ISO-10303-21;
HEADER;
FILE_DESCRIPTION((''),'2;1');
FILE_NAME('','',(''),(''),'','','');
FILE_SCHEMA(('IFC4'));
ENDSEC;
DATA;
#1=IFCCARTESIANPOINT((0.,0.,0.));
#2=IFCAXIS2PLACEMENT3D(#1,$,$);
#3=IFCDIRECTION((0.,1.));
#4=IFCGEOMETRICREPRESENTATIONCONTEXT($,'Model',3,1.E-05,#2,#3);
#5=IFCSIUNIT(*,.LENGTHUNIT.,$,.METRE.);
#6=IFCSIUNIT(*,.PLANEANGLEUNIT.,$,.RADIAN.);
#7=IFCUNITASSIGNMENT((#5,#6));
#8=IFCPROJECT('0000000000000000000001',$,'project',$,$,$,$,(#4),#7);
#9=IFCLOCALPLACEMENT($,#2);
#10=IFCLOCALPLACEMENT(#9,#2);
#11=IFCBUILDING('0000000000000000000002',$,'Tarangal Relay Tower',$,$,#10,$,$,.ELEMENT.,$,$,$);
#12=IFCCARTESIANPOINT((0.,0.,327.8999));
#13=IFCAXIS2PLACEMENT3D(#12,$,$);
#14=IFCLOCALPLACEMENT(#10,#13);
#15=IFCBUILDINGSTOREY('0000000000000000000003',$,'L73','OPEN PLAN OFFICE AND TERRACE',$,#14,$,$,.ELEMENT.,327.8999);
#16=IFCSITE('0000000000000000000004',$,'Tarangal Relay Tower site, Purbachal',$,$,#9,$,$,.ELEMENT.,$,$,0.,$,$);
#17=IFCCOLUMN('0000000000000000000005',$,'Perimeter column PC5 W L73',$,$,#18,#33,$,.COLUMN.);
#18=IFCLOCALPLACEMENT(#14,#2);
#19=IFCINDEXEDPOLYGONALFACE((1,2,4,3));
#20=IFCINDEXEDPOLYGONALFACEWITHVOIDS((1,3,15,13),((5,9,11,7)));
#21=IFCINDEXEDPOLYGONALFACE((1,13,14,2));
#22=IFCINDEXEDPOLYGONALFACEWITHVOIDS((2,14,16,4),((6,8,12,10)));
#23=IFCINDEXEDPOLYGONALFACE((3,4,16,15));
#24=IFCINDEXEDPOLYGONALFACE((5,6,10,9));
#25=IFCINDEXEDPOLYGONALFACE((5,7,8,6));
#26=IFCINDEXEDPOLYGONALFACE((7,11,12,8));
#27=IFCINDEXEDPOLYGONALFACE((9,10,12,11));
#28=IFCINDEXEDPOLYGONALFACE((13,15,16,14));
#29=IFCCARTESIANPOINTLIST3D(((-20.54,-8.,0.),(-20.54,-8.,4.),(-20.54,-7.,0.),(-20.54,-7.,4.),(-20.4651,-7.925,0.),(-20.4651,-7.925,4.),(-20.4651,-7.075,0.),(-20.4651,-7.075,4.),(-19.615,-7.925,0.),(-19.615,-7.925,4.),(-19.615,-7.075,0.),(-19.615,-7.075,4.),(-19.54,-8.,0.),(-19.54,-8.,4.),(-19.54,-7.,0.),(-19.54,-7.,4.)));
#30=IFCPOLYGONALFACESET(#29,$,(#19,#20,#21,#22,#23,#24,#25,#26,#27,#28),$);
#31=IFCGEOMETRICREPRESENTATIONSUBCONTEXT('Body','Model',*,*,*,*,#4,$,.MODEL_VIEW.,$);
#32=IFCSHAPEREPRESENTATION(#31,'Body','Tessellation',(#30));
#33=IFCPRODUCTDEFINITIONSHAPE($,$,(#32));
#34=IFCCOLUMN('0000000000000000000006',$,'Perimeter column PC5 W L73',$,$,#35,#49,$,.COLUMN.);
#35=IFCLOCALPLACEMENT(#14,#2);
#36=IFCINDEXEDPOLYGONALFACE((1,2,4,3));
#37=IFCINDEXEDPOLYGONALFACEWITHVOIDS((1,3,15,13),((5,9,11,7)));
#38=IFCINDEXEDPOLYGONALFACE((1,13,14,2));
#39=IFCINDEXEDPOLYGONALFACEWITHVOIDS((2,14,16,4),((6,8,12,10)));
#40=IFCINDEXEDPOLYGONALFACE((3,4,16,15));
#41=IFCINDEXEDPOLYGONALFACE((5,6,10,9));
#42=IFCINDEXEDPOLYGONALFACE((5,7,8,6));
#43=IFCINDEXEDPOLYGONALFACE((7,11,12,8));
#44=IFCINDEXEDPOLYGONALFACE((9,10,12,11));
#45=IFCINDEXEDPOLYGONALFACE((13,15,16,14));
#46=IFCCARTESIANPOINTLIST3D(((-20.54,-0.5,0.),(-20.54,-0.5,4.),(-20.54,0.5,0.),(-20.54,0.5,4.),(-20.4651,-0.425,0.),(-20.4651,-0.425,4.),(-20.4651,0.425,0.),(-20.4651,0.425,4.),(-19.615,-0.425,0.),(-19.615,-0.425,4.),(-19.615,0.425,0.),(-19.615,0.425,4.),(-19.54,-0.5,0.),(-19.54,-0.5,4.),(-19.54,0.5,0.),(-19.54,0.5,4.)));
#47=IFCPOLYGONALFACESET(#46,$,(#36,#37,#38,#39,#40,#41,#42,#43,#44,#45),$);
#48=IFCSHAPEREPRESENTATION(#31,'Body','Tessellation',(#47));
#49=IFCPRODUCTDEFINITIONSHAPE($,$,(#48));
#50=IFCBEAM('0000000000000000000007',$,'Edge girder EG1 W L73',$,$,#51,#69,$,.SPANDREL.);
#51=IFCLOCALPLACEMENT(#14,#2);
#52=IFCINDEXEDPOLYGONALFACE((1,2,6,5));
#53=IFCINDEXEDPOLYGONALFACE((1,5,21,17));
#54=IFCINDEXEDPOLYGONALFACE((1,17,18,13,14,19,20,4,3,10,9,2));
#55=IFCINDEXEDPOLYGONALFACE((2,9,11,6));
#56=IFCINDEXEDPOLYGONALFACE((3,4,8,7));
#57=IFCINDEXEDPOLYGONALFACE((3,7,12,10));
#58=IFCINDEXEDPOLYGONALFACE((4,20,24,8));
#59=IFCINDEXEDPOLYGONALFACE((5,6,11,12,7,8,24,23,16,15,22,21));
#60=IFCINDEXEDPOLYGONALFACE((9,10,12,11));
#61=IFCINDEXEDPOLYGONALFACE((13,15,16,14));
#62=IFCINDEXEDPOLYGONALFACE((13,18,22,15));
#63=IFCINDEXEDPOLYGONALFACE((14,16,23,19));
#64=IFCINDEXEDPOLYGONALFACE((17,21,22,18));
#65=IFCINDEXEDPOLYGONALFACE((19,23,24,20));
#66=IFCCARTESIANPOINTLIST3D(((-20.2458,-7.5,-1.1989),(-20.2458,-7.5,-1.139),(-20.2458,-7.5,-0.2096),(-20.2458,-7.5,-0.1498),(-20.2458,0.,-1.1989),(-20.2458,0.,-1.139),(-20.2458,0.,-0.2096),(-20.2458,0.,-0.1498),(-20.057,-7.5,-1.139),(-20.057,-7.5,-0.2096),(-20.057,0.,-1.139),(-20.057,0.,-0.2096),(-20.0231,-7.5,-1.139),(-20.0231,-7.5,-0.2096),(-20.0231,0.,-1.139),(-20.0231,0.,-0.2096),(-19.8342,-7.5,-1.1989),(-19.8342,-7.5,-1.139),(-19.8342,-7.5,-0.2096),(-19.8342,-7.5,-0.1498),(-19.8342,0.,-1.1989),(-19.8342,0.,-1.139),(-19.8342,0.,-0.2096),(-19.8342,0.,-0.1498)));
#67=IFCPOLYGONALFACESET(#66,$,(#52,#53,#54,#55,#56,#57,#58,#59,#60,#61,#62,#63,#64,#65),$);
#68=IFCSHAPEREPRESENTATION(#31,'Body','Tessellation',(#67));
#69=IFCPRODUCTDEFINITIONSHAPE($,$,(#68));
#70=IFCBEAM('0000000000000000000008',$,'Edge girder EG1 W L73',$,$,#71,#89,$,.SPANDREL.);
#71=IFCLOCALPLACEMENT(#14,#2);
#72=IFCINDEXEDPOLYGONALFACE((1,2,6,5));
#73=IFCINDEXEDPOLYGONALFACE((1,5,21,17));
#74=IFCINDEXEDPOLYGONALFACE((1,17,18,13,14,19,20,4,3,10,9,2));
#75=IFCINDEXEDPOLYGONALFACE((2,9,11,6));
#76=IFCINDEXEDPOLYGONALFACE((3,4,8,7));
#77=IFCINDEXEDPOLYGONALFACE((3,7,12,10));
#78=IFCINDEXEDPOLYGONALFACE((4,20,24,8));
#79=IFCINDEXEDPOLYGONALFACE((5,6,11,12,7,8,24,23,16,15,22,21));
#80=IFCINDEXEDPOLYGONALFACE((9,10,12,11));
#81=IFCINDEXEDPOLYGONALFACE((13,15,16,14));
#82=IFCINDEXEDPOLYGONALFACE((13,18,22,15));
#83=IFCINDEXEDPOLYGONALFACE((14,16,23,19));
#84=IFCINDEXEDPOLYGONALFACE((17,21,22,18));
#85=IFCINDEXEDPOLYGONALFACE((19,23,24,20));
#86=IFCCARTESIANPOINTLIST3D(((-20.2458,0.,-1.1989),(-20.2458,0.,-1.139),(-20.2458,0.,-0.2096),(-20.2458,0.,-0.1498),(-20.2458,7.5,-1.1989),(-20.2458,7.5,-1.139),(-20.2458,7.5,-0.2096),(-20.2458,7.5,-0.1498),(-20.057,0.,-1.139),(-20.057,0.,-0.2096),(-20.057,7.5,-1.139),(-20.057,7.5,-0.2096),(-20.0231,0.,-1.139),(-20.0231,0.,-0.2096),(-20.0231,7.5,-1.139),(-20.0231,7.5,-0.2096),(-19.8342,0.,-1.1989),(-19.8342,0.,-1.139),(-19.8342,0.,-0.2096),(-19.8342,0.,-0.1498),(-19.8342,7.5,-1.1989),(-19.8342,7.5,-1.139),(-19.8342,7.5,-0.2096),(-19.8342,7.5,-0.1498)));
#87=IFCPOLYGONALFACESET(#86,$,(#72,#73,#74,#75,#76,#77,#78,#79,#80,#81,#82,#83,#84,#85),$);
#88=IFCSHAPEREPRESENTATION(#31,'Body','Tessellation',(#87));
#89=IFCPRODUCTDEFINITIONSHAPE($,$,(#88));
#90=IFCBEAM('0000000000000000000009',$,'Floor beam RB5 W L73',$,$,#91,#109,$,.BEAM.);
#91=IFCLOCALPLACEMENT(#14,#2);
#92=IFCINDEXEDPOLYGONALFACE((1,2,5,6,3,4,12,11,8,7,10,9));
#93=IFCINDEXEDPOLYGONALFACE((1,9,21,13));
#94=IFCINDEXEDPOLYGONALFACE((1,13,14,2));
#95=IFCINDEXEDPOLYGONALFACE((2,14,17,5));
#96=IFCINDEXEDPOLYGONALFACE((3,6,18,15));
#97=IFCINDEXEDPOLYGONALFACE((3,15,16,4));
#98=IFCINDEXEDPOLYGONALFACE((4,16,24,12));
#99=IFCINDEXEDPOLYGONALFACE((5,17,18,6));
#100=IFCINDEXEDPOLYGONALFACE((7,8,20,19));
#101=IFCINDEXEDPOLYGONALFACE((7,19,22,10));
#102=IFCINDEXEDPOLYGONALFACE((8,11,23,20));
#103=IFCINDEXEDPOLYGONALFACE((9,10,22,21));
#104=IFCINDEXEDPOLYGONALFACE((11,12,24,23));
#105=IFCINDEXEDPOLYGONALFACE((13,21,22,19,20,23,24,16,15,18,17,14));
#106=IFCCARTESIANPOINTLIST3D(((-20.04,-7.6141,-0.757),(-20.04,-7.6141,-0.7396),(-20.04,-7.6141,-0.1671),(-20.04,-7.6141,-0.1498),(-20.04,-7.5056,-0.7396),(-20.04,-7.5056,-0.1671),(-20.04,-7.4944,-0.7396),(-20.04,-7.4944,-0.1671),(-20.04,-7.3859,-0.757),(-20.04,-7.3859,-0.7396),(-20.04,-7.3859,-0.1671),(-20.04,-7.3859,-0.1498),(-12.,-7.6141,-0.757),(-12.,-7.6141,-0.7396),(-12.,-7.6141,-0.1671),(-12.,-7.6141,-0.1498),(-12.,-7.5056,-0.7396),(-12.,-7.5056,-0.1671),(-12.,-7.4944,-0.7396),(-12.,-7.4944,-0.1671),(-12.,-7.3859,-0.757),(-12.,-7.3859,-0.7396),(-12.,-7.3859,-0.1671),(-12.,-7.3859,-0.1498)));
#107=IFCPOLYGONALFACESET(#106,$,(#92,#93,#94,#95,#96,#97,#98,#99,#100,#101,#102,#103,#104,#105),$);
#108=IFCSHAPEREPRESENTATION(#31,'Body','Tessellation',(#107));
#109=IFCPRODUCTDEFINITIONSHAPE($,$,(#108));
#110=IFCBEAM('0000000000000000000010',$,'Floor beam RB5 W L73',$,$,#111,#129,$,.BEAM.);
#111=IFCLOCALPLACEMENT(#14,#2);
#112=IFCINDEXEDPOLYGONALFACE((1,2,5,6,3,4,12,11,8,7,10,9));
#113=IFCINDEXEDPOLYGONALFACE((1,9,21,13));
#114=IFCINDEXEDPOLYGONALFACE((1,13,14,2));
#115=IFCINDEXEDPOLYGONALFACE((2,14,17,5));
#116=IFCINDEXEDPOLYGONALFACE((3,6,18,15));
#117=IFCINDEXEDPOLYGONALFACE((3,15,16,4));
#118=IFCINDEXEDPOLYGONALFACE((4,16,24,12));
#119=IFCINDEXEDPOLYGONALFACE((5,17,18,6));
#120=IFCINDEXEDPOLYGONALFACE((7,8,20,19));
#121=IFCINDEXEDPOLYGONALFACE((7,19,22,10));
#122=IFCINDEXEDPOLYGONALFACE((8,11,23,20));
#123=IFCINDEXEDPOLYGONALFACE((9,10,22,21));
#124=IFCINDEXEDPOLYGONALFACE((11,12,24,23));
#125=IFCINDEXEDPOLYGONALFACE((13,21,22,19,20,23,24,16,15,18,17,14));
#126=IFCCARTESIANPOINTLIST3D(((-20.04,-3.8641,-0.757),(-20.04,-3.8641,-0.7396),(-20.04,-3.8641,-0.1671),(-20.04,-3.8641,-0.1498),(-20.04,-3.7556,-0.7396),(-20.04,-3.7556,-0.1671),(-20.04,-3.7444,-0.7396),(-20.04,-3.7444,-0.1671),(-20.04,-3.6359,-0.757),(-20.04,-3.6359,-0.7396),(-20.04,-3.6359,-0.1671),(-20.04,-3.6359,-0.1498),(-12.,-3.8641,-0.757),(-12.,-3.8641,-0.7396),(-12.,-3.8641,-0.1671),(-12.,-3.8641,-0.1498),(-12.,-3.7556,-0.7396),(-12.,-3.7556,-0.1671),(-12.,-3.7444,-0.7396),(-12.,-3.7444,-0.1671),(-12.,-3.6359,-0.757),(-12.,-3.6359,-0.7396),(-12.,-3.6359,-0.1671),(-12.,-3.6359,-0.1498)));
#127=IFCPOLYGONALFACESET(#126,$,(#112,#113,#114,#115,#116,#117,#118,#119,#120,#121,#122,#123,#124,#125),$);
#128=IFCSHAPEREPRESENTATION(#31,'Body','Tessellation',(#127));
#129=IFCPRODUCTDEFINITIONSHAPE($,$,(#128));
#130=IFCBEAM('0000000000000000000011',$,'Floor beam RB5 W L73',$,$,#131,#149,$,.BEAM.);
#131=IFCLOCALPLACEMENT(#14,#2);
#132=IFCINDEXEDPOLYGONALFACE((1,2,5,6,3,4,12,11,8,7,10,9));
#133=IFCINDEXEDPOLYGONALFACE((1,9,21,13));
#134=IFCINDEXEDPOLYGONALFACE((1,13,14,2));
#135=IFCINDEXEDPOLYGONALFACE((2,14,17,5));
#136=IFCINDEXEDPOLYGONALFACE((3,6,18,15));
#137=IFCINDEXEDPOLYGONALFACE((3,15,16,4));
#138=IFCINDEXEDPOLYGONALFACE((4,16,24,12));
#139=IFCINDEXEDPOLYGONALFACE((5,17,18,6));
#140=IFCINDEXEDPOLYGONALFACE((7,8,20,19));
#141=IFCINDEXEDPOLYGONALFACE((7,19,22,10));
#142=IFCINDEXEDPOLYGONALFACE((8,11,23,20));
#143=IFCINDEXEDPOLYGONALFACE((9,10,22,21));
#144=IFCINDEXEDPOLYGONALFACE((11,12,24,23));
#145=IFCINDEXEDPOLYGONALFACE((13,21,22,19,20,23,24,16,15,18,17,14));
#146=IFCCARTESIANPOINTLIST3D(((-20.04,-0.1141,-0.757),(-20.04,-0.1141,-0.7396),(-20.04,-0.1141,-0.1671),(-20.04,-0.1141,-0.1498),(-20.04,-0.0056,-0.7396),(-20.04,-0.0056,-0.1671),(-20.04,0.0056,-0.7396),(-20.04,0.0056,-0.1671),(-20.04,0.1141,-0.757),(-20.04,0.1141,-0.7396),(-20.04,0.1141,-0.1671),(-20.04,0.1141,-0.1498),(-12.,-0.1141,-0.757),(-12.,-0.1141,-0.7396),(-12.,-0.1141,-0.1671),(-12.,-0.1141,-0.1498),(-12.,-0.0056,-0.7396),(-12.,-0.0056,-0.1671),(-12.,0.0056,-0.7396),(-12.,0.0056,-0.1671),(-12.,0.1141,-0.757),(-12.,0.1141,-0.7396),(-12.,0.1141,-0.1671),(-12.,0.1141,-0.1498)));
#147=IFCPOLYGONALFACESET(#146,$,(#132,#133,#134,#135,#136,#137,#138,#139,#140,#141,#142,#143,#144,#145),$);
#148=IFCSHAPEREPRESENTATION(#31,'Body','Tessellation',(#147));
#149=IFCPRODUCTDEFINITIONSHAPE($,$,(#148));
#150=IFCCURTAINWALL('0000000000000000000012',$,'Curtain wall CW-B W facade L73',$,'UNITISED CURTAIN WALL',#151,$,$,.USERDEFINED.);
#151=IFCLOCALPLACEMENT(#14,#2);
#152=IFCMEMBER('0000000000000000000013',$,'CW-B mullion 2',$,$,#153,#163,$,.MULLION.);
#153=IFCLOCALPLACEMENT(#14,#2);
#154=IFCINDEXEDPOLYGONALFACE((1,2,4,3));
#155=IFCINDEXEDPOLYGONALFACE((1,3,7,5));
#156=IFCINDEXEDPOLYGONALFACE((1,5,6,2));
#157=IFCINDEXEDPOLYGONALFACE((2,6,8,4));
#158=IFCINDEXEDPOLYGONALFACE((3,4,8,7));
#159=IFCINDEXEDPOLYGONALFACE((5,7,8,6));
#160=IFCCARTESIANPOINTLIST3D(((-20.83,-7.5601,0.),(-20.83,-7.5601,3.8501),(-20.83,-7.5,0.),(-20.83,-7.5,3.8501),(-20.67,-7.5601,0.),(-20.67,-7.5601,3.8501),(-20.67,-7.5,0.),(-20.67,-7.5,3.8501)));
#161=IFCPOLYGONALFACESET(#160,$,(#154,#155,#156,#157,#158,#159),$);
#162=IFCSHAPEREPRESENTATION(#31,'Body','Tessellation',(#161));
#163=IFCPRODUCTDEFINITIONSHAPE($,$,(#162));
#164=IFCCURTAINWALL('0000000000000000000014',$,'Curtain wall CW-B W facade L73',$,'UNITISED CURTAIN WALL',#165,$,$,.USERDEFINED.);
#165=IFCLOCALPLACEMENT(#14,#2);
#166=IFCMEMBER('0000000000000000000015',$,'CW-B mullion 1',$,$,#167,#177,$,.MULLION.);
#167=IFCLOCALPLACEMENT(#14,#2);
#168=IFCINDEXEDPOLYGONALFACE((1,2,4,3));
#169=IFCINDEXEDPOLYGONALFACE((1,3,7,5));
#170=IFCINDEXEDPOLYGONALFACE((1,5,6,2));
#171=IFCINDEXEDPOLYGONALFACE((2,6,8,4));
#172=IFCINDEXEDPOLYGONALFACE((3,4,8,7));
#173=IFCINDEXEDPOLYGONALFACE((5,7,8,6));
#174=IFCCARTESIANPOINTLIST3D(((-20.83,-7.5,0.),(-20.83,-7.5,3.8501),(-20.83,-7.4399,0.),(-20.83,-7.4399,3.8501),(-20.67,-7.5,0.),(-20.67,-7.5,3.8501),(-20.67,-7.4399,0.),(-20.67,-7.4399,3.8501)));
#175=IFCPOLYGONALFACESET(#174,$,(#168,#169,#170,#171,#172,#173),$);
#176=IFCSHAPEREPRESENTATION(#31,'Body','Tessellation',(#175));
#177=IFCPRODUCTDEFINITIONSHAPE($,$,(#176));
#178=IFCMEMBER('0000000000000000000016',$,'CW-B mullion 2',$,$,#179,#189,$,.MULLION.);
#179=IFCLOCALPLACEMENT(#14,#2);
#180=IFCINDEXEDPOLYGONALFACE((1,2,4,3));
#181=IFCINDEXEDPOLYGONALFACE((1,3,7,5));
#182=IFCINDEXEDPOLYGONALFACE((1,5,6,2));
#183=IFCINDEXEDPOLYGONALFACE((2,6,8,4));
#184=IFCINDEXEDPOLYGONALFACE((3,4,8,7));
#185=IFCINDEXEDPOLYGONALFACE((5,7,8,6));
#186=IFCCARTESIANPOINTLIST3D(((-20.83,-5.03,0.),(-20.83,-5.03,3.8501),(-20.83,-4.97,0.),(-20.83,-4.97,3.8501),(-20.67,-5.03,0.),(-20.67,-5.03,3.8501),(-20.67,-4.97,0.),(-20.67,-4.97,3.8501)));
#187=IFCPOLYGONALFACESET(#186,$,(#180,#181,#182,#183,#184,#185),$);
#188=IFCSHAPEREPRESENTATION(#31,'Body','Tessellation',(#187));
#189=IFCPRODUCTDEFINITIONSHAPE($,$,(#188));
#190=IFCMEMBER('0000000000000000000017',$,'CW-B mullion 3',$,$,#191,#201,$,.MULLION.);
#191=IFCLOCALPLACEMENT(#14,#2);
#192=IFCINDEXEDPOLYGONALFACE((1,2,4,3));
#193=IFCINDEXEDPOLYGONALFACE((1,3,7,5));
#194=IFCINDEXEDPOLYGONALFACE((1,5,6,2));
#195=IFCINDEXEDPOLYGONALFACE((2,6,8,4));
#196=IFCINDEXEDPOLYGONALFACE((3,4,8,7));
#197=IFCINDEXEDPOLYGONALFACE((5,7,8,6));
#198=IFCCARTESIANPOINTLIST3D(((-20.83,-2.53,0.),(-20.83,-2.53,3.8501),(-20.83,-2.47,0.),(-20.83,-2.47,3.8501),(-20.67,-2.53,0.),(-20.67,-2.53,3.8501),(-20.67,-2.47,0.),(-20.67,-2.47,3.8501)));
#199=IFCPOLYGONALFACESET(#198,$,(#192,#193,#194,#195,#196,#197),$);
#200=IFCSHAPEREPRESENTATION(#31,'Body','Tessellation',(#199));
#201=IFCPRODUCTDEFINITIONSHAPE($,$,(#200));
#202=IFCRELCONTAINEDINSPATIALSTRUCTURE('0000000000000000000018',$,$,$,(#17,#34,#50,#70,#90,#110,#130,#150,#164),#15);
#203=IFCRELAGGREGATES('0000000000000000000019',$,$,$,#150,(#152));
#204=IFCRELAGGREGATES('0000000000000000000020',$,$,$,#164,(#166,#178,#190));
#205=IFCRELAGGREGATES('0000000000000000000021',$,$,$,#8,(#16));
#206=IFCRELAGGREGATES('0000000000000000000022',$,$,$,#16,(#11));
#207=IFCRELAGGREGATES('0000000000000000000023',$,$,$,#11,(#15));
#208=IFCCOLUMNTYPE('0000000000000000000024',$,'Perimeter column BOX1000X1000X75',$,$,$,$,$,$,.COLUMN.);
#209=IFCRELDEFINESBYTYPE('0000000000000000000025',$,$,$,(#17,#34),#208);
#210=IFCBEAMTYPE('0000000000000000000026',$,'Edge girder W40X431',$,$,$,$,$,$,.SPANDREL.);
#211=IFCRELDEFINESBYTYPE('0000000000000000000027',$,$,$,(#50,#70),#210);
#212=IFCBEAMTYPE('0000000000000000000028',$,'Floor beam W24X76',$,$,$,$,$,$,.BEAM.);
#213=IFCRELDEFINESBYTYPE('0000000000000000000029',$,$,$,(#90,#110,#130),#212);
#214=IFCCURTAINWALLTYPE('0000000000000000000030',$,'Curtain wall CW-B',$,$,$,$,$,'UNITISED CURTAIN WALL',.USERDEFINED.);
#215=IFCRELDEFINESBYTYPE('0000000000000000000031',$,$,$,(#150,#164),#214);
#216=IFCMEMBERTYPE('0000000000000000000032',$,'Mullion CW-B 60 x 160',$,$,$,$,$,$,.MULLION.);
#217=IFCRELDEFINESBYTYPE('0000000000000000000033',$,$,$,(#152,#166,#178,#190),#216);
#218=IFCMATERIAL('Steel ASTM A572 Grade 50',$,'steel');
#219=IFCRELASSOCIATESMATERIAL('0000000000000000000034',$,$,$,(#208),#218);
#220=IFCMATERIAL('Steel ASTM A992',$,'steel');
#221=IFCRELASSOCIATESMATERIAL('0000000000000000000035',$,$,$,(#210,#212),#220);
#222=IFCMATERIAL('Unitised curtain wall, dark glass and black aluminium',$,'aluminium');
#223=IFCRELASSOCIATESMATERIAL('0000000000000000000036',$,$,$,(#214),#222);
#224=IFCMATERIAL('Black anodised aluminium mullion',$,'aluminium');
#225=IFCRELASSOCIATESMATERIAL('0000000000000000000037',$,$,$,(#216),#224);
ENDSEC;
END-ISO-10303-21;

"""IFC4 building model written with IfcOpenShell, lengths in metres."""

from ifc_helpers import new_model, si_unit, direction, frame, origin, origin_2d, place, context, subcontext, project, spatial, rectangle, hollow_rectangle, i_section, extrude, material, material_profile, profile_set, type_object, element, aggregate, save


model = new_model("IFC4")

# Units and contexts
model_context = context("Model", 3, precision=1e-05, world=origin(), true_north=direction((0.0, 1.0)))
body_context = subcontext(model_context, "Body", "Model", "MODEL_VIEW")
ifc_project = project(units=[si_unit("LENGTHUNIT", "METRE"), si_unit("PLANEANGLEUNIT", "RADIAN")], contexts=[model_context])

# Site, building, storey
site_placement = place(None, origin())
site = spatial("IfcSite", under=ifc_project, at=site_placement, Name="Tarangal Relay Tower site, Purbachal", CompositionType="ELEMENT", RefElevation=0.0)
building_placement = place(site_placement, origin())
building = spatial("IfcBuilding", under=site, at=building_placement, Name="Tarangal Relay Tower", CompositionType="ELEMENT")
storey_placement = place(building_placement, frame((0.0, 0.0, 327.8999)))
storey = spatial("IfcBuildingStorey", under=building, at=storey_placement, Name="L73", Description="OPEN PLAN OFFICE AND TERRACE", CompositionType="ELEMENT", Elevation=327.8999)

# Columns
ifc_material_1 = material(Name="Steel ASTM A572 Grade 50", Category="steel")
ifc_material_profile_1 = material_profile(ifc_material_1, hollow_rectangle(XDim=1.0, YDim=1.0, WallThickness=0.075, at=origin_2d()), Name="BOX1000X1000X75")
ifc_profile_set_1 = profile_set([ifc_material_profile_1], Name="Steel ASTM A572 Grade 50")
column_type = type_object("IfcColumnType", Name="Perimeter column BOX1000X1000X75", PredefinedType="COLUMN", material=ifc_profile_set_1)
for number, where, z_axis, x_axis, name in (
    (1, (-20.04, -7.5, 0.0), (0.0, 0.0, 1.0), (1.0, 0.0, 0.0), "Perimeter column PC5 W L73"),
    (2, (-20.04, 0.0, 0.0), (0.0, 0.0, 1.0), (1.0, 0.0, 0.0), "Perimeter column PC5 W L73"),
):
    element("IfcColumn", number, at=place(storey_placement, frame(where, z_axis=z_axis, x_axis=x_axis)), inside=storey, type_object=column_type, Name=name, PredefinedType="COLUMN", context=body_context, shape_type="SweptSolid", body=[
        extrude(hollow_rectangle(XDim=1.0, YDim=1.0, WallThickness=0.075, at=origin_2d()), origin(), (0.0, 0.0, 1.0), 4.0),
    ])

# Beams
ifc_material_2 = material(Name="Steel ASTM A992", Category="steel")
ifc_material_profile_2 = material_profile(ifc_material_2, i_section(OverallWidth=0.4116, OverallDepth=1.0491, WebThickness=0.0339, FlangeThickness=0.0598, at=origin_2d()), Name="W40X431")
ifc_profile_set_2 = profile_set([ifc_material_profile_2], Name="Steel ASTM A992")
beam_type_1 = type_object("IfcBeamType", Name="Edge girder W40X431", PredefinedType="SPANDREL", material=ifc_profile_set_2)
for number, where, z_axis, x_axis, name in (
    (3, (-20.04, -7.5, -0.6743), (0.0, 1.0, 0.0), (-1.0, 0.0, 0.0), "Edge girder EG1 W L73"),
    (4, (-20.04, 0.0, -0.6743), (0.0, 1.0, 0.0), (-1.0, 0.0, 0.0), "Edge girder EG1 W L73"),
):
    element("IfcBeam", number, at=place(storey_placement, frame(where, z_axis=z_axis, x_axis=x_axis)), inside=storey, type_object=beam_type_1, Name=name, PredefinedType="SPANDREL", context=body_context, shape_type="SweptSolid", body=[
        extrude(i_section(OverallWidth=0.4116, OverallDepth=1.0491, WebThickness=0.0339, FlangeThickness=0.0598, at=origin_2d()), origin(), (0.0, 0.0, 1.0), 7.5),
    ])
ifc_material_profile_3 = material_profile(ifc_material_2, i_section(OverallWidth=0.2283, OverallDepth=0.6072, WebThickness=0.0112, FlangeThickness=0.0173, at=origin_2d()), Name="W24X76")
ifc_profile_set_3 = profile_set([ifc_material_profile_3], Name="Steel ASTM A992")
beam_type_2 = type_object("IfcBeamType", Name="Floor beam W24X76", PredefinedType="BEAM", material=ifc_profile_set_3)
for number, where, z_axis, x_axis, name in (
    (5, (-12.0, -7.5, -0.4534), (-1.0, 0.0, 0.0), (0.0, -1.0, 0.0), "Floor beam RB5 W L73"),
    (6, (-12.0, -3.75, -0.4534), (-1.0, 0.0, 0.0), (0.0, -1.0, 0.0), "Floor beam RB5 W L73"),
    (7, (-12.0, 0.0, -0.4534), (-1.0, 0.0, 0.0), (0.0, -1.0, 0.0), "Floor beam RB5 W L73"),
):
    element("IfcBeam", number, at=place(storey_placement, frame(where, z_axis=z_axis, x_axis=x_axis)), inside=storey, type_object=beam_type_2, Name=name, PredefinedType="BEAM", context=body_context, shape_type="SweptSolid", body=[
        extrude(i_section(OverallWidth=0.2283, OverallDepth=0.6072, WebThickness=0.0112, FlangeThickness=0.0173, at=origin_2d()), origin(), (0.0, 0.0, 1.0), 8.04),
    ])

# Curtain wall, member
ifc_material_3 = material(Name="Unitised curtain wall, dark glass and black aluminium", Category="aluminium")
curtain_wall_type = type_object("IfcCurtainWallType", Name="Curtain wall CW-B", ElementType="UNITISED CURTAIN WALL", PredefinedType="USERDEFINED", material=ifc_material_3)
curtain_wall_1_placement = place(storey_placement, origin())
curtain_wall_1 = element("IfcCurtainWall", 8, at=curtain_wall_1_placement, inside=storey, type_object=curtain_wall_type, Name="Curtain wall CW-B W facade L73", ObjectType="UNITISED CURTAIN WALL", PredefinedType="USERDEFINED")
ifc_material_4 = material(Name="Black anodised aluminium mullion", Category="aluminium")
ifc_material_profile_4 = material_profile(ifc_material_4, rectangle(XDim=0.1599, YDim=0.0601, at=origin_2d()), Name="CW-BM 60X160")
ifc_profile_set_4 = profile_set([ifc_material_profile_4], Name="Black anodised aluminium mullion")
member_type_1 = type_object("IfcMemberType", Name="Mullion CW-B 60 x 160", PredefinedType="MULLION", material=ifc_profile_set_4)
member_1_placement = place(storey_placement, frame((-20.75, -7.53, 0.0), z_axis=(0.0, 0.0, 1.0), x_axis=(-1.0, 0.0, 0.0)))
member_1 = element("IfcMember", 9, at=member_1_placement, type_object=member_type_1, Name="CW-B mullion 2", PredefinedType="MULLION", context=body_context, shape_type="SweptSolid", body=[
    extrude(rectangle(XDim=0.1599, YDim=0.0601, at=origin_2d()), origin(), (0.0, 0.0, 1.0), 3.8501),
])

# Curtain wall, members
curtain_wall_2_placement = place(storey_placement, origin())
curtain_wall_2 = element("IfcCurtainWall", 10, at=curtain_wall_2_placement, inside=storey, type_object=curtain_wall_type, Name="Curtain wall CW-B W facade L73", ObjectType="UNITISED CURTAIN WALL", PredefinedType="USERDEFINED")
member_2_placement = place(storey_placement, frame((-20.75, -7.47, 0.0), z_axis=(0.0, 0.0, 1.0), x_axis=(-1.0, 0.0, 0.0)))
member_2 = element("IfcMember", 11, at=member_2_placement, type_object=member_type_1, Name="CW-B mullion 1", PredefinedType="MULLION", context=body_context, shape_type="SweptSolid", body=[
    extrude(rectangle(XDim=0.1599, YDim=0.0601, at=origin_2d()), origin(), (0.0, 0.0, 1.0), 3.8501),
])
member_3_placement = place(storey_placement, frame((-20.75, -5.0, 0.0), z_axis=(0.0, 0.0, 1.0), x_axis=(-1.0, 0.0, 0.0)))
member_3 = element("IfcMember", 12, at=member_3_placement, type_object=member_type_1, Name="CW-B mullion 2", PredefinedType="MULLION", context=body_context, shape_type="SweptSolid", body=[
    extrude(rectangle(XDim=0.1599, YDim=0.0601, at=origin_2d()), origin(), (0.0, 0.0, 1.0), 3.8501),
])
member_4_placement = place(storey_placement, frame((-20.75, -2.5, 0.0), z_axis=(0.0, 0.0, 1.0), x_axis=(-1.0, 0.0, 0.0)))
member_4 = element("IfcMember", 13, at=member_4_placement, type_object=member_type_1, Name="CW-B mullion 3", PredefinedType="MULLION", context=body_context, shape_type="SweptSolid", body=[
    extrude(rectangle(XDim=0.1599, YDim=0.0601, at=origin_2d()), origin(), (0.0, 0.0, 1.0), 3.8501),
])

aggregate(curtain_wall_1, [member_1])
aggregate(curtain_wall_2, [member_2, member_3, member_4])

save(model, "model.ifc")
